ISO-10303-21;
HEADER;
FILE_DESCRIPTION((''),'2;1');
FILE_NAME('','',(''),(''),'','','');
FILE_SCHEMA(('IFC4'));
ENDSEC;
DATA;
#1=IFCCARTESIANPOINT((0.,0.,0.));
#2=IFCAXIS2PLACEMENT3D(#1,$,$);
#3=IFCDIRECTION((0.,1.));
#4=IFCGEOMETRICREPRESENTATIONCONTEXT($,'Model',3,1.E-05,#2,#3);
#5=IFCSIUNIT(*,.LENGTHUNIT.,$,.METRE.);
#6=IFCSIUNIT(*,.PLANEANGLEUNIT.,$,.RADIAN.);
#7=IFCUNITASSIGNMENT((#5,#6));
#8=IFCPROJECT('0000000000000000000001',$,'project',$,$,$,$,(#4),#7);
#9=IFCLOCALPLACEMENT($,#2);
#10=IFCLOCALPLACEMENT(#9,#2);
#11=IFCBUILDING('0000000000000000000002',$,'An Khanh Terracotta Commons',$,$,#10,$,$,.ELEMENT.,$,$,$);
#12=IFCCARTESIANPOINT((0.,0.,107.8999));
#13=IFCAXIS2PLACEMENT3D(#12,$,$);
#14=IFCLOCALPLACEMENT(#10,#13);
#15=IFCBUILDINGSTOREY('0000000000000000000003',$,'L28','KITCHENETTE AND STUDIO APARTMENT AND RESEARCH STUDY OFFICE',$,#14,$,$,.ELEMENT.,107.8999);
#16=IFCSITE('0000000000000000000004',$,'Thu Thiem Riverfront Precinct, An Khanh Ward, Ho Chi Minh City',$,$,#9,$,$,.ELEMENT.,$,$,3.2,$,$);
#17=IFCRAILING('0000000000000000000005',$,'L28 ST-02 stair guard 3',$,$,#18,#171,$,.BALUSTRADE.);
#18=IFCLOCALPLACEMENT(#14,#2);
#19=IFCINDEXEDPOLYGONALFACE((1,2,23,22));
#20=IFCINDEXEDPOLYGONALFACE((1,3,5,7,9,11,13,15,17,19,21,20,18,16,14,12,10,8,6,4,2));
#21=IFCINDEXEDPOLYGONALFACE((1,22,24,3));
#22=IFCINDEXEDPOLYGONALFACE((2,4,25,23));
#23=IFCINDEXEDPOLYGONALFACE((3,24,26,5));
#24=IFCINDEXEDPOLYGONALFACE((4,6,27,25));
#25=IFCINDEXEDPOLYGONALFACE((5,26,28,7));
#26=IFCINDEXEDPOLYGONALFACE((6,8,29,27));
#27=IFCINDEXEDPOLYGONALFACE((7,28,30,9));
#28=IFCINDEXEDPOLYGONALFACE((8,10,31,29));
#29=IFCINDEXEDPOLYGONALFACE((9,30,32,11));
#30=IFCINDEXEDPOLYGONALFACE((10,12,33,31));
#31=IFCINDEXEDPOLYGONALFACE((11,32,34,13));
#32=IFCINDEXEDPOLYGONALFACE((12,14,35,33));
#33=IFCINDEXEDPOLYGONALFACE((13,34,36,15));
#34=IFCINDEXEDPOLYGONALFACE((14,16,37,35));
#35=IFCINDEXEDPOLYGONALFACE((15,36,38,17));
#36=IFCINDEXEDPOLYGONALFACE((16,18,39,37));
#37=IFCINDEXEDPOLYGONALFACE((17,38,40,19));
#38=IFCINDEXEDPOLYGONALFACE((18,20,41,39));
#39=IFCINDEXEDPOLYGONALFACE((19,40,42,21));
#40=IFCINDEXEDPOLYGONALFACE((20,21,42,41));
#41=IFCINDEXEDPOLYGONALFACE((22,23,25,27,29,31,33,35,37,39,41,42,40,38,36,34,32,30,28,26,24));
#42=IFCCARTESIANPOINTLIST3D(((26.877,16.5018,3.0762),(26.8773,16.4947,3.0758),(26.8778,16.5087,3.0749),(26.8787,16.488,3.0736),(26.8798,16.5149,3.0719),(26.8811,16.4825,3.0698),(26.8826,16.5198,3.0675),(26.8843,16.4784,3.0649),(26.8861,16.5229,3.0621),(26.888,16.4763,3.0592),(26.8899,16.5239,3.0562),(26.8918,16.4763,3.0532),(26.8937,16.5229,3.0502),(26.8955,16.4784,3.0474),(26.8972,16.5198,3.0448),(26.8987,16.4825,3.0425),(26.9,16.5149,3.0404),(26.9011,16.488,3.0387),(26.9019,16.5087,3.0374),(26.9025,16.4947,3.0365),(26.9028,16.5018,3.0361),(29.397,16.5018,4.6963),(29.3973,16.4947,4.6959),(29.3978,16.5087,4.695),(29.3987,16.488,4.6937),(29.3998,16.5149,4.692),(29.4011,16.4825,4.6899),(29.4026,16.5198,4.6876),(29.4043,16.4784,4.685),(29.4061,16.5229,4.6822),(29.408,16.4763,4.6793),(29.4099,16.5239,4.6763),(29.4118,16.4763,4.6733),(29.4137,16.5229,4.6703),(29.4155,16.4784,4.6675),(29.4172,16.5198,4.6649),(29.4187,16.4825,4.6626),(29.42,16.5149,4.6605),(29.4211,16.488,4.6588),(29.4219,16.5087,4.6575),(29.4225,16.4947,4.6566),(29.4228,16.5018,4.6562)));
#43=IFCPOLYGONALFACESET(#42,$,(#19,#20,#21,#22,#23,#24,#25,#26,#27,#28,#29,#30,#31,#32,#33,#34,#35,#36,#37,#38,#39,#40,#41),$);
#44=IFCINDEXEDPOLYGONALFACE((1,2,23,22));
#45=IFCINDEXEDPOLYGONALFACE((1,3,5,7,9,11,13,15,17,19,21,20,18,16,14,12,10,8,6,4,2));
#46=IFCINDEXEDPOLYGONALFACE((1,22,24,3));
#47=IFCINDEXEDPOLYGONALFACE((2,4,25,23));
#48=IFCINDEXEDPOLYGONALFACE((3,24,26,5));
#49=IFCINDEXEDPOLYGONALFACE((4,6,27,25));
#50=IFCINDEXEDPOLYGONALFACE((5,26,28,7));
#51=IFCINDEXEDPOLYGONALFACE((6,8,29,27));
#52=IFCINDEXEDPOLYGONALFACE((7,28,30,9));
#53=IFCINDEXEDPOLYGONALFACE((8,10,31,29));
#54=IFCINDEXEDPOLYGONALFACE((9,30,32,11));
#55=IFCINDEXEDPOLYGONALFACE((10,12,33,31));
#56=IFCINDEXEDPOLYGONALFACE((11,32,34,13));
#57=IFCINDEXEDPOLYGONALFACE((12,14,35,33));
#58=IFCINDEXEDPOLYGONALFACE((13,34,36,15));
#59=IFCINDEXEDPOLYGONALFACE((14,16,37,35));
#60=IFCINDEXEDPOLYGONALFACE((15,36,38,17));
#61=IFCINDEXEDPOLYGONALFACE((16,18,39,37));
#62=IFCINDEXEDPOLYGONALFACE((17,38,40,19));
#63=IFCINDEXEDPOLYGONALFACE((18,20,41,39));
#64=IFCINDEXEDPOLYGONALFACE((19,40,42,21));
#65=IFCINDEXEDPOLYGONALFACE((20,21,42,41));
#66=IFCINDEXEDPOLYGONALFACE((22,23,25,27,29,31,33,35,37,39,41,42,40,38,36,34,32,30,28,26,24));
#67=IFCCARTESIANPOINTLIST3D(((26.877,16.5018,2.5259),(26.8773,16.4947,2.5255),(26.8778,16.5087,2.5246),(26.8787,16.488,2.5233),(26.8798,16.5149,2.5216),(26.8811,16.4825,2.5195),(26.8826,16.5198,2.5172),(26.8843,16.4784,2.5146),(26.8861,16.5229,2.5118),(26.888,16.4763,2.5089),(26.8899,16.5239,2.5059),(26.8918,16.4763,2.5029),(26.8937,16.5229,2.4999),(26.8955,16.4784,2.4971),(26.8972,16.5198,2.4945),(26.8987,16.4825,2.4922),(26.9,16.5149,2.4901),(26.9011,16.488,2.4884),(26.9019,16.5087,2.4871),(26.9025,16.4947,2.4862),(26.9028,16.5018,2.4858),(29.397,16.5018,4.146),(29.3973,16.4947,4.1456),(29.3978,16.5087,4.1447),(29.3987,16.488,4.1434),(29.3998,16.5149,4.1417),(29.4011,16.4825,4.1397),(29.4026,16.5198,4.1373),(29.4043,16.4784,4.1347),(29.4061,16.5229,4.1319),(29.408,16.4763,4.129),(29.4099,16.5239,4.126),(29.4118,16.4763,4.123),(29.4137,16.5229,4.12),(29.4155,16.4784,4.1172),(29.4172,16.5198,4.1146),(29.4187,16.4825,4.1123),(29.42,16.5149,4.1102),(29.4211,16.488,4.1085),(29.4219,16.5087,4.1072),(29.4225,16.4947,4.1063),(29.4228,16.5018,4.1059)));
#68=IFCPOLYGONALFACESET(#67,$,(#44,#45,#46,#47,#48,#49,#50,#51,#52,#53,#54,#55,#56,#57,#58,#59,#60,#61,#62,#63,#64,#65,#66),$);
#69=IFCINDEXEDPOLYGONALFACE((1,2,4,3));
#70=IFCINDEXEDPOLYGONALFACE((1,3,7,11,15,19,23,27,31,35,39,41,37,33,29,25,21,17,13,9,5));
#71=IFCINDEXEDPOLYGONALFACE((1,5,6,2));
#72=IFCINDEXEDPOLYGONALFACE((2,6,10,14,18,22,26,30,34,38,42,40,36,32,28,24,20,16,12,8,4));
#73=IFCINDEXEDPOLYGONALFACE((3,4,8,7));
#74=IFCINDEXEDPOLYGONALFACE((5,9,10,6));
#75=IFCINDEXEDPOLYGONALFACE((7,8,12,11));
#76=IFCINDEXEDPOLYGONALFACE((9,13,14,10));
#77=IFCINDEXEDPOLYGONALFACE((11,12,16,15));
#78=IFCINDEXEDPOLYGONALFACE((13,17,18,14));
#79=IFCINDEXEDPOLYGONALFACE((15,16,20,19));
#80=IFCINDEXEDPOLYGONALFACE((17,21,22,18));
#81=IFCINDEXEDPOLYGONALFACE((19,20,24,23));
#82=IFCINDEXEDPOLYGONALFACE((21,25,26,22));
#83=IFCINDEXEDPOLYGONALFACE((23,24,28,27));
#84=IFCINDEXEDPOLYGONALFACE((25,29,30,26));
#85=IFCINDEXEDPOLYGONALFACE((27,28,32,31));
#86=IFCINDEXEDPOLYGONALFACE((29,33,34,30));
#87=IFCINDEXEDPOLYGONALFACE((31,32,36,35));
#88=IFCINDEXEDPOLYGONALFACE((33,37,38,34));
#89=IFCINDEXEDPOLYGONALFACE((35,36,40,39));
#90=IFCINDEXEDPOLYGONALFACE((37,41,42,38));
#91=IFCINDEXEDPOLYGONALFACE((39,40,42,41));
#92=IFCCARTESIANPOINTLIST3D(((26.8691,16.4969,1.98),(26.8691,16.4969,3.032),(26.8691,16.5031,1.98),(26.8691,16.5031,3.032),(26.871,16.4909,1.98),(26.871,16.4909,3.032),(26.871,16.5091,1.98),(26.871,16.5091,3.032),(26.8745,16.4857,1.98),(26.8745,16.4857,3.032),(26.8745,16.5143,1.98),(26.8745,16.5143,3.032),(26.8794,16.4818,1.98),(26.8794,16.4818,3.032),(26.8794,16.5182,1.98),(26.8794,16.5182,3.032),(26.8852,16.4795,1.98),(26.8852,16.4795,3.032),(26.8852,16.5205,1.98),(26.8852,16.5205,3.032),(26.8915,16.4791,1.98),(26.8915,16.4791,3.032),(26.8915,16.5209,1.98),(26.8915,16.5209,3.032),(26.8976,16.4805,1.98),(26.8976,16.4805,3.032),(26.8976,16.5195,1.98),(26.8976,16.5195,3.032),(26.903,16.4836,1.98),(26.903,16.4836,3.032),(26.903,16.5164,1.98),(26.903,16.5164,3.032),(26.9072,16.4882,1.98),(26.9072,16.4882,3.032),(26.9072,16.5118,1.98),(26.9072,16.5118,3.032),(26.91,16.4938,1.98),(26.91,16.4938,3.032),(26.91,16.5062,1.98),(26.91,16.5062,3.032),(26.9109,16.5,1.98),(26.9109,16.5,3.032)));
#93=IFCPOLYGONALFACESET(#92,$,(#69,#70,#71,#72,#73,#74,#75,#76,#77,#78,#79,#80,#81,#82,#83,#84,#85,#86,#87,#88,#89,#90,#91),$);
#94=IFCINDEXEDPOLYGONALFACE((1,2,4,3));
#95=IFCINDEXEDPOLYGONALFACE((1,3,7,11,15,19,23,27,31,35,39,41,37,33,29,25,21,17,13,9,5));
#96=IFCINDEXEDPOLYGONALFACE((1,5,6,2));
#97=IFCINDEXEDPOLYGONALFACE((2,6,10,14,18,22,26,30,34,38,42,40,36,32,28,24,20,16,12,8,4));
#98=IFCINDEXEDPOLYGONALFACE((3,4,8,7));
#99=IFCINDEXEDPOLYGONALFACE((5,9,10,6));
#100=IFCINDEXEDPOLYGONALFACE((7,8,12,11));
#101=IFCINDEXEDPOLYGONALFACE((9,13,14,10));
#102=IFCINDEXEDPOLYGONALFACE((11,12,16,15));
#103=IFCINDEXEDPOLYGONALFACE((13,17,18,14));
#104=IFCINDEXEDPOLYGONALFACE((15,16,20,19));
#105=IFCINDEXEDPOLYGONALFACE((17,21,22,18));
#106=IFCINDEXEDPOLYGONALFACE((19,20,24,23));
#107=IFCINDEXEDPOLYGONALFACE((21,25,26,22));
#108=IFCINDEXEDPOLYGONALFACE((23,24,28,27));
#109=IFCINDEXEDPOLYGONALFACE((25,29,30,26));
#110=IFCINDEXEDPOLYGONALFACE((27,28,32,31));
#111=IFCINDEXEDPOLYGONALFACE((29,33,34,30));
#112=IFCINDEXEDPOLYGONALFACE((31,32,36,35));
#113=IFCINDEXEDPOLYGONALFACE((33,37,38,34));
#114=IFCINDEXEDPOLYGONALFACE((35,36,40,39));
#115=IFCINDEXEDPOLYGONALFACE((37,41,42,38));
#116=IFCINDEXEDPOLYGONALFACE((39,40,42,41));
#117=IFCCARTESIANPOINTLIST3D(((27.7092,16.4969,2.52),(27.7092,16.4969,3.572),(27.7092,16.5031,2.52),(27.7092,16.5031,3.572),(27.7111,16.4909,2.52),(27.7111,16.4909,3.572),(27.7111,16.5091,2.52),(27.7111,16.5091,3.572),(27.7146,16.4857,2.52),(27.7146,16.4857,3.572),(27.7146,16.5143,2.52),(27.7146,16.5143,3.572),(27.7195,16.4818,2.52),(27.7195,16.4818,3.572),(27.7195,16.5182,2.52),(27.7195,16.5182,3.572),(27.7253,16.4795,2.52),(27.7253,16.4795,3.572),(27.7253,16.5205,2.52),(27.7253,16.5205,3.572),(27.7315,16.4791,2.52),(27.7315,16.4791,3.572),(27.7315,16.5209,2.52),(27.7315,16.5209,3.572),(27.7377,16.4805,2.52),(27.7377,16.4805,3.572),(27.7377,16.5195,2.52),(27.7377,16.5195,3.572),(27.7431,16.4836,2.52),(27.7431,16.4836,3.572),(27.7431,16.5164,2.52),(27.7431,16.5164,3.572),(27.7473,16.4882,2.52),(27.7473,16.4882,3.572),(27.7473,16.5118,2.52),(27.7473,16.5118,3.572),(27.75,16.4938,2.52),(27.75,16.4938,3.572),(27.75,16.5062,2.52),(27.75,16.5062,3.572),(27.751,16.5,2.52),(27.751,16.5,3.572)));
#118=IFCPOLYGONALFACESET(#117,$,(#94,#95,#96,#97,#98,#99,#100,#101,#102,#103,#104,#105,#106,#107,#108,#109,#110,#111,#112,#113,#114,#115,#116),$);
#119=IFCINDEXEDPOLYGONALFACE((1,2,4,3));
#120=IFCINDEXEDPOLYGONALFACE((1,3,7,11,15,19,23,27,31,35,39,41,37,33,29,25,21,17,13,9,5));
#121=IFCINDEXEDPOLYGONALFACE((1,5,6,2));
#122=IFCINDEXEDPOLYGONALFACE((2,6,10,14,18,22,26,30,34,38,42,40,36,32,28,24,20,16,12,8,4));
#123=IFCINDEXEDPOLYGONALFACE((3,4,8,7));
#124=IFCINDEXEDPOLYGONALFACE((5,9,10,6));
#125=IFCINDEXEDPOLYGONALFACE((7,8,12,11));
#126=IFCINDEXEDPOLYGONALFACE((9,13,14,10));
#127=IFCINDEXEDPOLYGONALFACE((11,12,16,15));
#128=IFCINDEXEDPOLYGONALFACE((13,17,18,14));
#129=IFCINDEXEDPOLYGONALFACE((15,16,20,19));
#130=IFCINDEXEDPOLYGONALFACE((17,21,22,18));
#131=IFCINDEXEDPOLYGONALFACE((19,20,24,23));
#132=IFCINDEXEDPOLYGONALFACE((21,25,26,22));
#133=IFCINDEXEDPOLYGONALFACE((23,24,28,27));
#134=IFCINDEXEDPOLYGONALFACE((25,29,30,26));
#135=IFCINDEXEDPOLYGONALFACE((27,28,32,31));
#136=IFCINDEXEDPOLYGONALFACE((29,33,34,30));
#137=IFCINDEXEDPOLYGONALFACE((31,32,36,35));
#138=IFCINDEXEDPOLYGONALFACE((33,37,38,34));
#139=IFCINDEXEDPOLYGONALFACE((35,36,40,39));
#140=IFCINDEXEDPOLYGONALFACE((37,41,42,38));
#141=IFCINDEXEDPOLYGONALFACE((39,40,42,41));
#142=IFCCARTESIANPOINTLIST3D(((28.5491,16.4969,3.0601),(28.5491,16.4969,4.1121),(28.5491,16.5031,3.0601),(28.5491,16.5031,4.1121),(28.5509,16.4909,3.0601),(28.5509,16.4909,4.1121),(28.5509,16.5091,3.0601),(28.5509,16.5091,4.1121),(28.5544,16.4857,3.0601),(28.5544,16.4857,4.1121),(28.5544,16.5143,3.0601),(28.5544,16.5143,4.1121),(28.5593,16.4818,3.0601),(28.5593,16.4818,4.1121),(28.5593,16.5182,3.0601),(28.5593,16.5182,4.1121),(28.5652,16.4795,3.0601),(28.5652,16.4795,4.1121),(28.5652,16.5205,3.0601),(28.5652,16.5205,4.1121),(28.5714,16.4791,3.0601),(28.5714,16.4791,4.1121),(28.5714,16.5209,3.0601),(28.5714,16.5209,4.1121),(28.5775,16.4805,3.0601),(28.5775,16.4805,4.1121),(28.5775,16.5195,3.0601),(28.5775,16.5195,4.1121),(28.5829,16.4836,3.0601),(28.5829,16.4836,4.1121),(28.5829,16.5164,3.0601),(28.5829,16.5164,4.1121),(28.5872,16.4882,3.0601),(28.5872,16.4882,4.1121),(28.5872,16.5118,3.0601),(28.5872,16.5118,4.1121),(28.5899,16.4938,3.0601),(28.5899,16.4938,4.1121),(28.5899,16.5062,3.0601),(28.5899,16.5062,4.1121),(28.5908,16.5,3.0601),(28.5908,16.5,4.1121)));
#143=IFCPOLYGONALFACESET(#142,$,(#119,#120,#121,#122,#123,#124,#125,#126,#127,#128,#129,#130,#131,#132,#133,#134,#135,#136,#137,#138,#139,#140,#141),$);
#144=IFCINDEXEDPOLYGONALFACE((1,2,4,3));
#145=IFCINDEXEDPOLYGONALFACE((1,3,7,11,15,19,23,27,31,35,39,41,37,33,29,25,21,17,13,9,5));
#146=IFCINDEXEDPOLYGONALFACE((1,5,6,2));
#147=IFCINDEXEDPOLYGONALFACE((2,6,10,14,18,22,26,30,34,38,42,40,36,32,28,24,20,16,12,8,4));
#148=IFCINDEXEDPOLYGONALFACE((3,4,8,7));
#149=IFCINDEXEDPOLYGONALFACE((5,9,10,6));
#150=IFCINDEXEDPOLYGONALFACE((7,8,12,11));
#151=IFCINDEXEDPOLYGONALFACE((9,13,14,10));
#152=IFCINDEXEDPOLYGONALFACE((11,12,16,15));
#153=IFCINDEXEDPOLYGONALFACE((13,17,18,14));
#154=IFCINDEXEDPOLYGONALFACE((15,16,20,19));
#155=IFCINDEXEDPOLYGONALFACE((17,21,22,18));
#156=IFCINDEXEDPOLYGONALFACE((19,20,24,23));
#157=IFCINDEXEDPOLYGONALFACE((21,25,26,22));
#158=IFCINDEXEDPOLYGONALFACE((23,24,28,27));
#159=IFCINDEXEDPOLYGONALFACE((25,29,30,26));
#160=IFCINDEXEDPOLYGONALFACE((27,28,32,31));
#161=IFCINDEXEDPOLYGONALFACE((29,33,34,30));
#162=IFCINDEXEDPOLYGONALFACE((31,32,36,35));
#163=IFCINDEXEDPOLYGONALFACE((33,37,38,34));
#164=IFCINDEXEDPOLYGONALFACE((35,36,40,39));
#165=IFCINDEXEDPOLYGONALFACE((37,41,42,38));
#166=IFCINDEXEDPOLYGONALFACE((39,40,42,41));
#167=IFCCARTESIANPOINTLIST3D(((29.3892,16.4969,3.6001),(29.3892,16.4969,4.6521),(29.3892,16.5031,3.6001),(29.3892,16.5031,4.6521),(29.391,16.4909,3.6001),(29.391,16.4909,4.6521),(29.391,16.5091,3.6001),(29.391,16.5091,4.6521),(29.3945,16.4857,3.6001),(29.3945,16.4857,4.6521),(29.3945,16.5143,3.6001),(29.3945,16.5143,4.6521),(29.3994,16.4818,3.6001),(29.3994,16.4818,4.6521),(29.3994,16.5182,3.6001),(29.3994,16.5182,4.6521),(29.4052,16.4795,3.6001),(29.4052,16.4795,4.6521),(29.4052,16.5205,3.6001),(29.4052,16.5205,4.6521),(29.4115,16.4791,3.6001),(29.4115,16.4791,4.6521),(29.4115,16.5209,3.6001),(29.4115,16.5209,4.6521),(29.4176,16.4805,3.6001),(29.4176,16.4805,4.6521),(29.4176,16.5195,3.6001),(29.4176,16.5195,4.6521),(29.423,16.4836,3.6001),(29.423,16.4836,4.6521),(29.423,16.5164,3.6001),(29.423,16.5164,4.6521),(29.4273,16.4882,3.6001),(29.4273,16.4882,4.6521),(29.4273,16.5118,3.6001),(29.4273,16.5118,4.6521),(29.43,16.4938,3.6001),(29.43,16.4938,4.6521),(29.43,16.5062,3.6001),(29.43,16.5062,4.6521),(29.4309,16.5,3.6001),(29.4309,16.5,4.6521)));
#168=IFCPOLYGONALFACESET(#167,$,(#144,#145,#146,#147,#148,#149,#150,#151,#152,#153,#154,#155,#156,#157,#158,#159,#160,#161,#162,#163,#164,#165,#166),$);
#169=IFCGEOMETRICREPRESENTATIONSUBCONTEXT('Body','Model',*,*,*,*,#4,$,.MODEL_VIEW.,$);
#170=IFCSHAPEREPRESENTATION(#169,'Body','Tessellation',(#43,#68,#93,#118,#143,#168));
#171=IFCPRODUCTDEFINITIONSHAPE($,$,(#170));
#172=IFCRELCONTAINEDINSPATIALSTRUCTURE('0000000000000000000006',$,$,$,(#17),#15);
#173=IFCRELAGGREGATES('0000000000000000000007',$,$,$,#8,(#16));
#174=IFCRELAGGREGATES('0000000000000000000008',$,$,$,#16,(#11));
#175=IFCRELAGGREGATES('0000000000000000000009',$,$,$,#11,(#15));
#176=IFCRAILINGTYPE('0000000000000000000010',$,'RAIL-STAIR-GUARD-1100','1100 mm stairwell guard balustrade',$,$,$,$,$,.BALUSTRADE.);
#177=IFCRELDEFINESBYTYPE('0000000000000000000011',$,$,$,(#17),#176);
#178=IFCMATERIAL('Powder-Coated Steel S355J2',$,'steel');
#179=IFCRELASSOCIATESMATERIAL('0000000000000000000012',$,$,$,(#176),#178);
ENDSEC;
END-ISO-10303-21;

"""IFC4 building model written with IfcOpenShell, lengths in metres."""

from ifc_helpers import new_model, si_unit, direction, frame, origin, origin_2d, place, context, subcontext, project, spatial, circle, extrude, material, type_object, element, save


model = new_model("IFC4")

# Units and contexts
model_context = context("Model", 3, precision=1e-05, world=origin(), true_north=direction((0.0, 1.0)))
body_context = subcontext(model_context, "Body", "Model", "MODEL_VIEW")
ifc_project = project(units=[si_unit("LENGTHUNIT", "METRE"), si_unit("PLANEANGLEUNIT", "RADIAN")], contexts=[model_context])

# Site, building, storey
site_placement = place(None, origin())
site = spatial("IfcSite", under=ifc_project, at=site_placement, Name="Thu Thiem Riverfront Precinct, An Khanh Ward, Ho Chi Minh City", CompositionType="ELEMENT", RefElevation=3.2)
building_placement = place(site_placement, origin())
building = spatial("IfcBuilding", under=site, at=building_placement, Name="An Khanh Terracotta Commons", CompositionType="ELEMENT")
storey_placement = place(building_placement, frame((0.0, 0.0, 107.8999)))
storey = spatial("IfcBuildingStorey", under=building, at=storey_placement, Name="L28", Description="KITCHENETTE AND STUDIO APARTMENT AND RESEARCH STUDY OFFICE", CompositionType="ELEMENT", Elevation=107.8999)

# Railing
ifc_material_1 = material(Name="Powder-Coated Steel S355J2", Category="steel")
railing_type_1 = type_object("IfcRailingType", Name="RAIL-STAIR-GUARD-1100", Description="1100 mm stairwell guard balustrade", PredefinedType="BALUSTRADE", material=ifc_material_1)
railing_1_placement = place(storey_placement, frame((26.8899, 16.5, 1.98)))
element("IfcRailing", 1, at=railing_1_placement, inside=storey, type_object=railing_type_1, Name="L28 ST-02 stair guard 3", PredefinedType="BALUSTRADE", context=body_context, shape_type="SweptSolid", body=[
    extrude(circle(Radius=0.0239, at=origin_2d()), frame((0.0, 0.0, 1.0762), z_axis=(0.841163, 0.0, 0.540782), x_axis=(0.0, 1.0, 0.0)), (0.0, 0.0, 1.0), 2.9958),
    extrude(circle(Radius=0.0239, at=origin_2d()), frame((0.0, 0.0, 0.5259), z_axis=(0.841163, 0.0, 0.540782), x_axis=(0.0, 1.0, 0.0)), (0.0, 0.0, 1.0), 2.9958),
    extrude(circle(Radius=0.021, at=origin_2d()), origin(), (0.0, 0.0, 1.0), 1.052),
    extrude(circle(Radius=0.021, at=origin_2d()), frame((0.8401, 0.0, 0.54)), (0.0, 0.0, 1.0), 1.052),
    extrude(circle(Radius=0.021, at=origin_2d()), frame((1.6799, 0.0, 1.0801)), (0.0, 0.0, 1.0), 1.052),
    extrude(circle(Radius=0.021, at=origin_2d()), frame((2.52, 0.0, 1.6201)), (0.0, 0.0, 1.0), 1.052),
])

save(model, "model.ifc")
